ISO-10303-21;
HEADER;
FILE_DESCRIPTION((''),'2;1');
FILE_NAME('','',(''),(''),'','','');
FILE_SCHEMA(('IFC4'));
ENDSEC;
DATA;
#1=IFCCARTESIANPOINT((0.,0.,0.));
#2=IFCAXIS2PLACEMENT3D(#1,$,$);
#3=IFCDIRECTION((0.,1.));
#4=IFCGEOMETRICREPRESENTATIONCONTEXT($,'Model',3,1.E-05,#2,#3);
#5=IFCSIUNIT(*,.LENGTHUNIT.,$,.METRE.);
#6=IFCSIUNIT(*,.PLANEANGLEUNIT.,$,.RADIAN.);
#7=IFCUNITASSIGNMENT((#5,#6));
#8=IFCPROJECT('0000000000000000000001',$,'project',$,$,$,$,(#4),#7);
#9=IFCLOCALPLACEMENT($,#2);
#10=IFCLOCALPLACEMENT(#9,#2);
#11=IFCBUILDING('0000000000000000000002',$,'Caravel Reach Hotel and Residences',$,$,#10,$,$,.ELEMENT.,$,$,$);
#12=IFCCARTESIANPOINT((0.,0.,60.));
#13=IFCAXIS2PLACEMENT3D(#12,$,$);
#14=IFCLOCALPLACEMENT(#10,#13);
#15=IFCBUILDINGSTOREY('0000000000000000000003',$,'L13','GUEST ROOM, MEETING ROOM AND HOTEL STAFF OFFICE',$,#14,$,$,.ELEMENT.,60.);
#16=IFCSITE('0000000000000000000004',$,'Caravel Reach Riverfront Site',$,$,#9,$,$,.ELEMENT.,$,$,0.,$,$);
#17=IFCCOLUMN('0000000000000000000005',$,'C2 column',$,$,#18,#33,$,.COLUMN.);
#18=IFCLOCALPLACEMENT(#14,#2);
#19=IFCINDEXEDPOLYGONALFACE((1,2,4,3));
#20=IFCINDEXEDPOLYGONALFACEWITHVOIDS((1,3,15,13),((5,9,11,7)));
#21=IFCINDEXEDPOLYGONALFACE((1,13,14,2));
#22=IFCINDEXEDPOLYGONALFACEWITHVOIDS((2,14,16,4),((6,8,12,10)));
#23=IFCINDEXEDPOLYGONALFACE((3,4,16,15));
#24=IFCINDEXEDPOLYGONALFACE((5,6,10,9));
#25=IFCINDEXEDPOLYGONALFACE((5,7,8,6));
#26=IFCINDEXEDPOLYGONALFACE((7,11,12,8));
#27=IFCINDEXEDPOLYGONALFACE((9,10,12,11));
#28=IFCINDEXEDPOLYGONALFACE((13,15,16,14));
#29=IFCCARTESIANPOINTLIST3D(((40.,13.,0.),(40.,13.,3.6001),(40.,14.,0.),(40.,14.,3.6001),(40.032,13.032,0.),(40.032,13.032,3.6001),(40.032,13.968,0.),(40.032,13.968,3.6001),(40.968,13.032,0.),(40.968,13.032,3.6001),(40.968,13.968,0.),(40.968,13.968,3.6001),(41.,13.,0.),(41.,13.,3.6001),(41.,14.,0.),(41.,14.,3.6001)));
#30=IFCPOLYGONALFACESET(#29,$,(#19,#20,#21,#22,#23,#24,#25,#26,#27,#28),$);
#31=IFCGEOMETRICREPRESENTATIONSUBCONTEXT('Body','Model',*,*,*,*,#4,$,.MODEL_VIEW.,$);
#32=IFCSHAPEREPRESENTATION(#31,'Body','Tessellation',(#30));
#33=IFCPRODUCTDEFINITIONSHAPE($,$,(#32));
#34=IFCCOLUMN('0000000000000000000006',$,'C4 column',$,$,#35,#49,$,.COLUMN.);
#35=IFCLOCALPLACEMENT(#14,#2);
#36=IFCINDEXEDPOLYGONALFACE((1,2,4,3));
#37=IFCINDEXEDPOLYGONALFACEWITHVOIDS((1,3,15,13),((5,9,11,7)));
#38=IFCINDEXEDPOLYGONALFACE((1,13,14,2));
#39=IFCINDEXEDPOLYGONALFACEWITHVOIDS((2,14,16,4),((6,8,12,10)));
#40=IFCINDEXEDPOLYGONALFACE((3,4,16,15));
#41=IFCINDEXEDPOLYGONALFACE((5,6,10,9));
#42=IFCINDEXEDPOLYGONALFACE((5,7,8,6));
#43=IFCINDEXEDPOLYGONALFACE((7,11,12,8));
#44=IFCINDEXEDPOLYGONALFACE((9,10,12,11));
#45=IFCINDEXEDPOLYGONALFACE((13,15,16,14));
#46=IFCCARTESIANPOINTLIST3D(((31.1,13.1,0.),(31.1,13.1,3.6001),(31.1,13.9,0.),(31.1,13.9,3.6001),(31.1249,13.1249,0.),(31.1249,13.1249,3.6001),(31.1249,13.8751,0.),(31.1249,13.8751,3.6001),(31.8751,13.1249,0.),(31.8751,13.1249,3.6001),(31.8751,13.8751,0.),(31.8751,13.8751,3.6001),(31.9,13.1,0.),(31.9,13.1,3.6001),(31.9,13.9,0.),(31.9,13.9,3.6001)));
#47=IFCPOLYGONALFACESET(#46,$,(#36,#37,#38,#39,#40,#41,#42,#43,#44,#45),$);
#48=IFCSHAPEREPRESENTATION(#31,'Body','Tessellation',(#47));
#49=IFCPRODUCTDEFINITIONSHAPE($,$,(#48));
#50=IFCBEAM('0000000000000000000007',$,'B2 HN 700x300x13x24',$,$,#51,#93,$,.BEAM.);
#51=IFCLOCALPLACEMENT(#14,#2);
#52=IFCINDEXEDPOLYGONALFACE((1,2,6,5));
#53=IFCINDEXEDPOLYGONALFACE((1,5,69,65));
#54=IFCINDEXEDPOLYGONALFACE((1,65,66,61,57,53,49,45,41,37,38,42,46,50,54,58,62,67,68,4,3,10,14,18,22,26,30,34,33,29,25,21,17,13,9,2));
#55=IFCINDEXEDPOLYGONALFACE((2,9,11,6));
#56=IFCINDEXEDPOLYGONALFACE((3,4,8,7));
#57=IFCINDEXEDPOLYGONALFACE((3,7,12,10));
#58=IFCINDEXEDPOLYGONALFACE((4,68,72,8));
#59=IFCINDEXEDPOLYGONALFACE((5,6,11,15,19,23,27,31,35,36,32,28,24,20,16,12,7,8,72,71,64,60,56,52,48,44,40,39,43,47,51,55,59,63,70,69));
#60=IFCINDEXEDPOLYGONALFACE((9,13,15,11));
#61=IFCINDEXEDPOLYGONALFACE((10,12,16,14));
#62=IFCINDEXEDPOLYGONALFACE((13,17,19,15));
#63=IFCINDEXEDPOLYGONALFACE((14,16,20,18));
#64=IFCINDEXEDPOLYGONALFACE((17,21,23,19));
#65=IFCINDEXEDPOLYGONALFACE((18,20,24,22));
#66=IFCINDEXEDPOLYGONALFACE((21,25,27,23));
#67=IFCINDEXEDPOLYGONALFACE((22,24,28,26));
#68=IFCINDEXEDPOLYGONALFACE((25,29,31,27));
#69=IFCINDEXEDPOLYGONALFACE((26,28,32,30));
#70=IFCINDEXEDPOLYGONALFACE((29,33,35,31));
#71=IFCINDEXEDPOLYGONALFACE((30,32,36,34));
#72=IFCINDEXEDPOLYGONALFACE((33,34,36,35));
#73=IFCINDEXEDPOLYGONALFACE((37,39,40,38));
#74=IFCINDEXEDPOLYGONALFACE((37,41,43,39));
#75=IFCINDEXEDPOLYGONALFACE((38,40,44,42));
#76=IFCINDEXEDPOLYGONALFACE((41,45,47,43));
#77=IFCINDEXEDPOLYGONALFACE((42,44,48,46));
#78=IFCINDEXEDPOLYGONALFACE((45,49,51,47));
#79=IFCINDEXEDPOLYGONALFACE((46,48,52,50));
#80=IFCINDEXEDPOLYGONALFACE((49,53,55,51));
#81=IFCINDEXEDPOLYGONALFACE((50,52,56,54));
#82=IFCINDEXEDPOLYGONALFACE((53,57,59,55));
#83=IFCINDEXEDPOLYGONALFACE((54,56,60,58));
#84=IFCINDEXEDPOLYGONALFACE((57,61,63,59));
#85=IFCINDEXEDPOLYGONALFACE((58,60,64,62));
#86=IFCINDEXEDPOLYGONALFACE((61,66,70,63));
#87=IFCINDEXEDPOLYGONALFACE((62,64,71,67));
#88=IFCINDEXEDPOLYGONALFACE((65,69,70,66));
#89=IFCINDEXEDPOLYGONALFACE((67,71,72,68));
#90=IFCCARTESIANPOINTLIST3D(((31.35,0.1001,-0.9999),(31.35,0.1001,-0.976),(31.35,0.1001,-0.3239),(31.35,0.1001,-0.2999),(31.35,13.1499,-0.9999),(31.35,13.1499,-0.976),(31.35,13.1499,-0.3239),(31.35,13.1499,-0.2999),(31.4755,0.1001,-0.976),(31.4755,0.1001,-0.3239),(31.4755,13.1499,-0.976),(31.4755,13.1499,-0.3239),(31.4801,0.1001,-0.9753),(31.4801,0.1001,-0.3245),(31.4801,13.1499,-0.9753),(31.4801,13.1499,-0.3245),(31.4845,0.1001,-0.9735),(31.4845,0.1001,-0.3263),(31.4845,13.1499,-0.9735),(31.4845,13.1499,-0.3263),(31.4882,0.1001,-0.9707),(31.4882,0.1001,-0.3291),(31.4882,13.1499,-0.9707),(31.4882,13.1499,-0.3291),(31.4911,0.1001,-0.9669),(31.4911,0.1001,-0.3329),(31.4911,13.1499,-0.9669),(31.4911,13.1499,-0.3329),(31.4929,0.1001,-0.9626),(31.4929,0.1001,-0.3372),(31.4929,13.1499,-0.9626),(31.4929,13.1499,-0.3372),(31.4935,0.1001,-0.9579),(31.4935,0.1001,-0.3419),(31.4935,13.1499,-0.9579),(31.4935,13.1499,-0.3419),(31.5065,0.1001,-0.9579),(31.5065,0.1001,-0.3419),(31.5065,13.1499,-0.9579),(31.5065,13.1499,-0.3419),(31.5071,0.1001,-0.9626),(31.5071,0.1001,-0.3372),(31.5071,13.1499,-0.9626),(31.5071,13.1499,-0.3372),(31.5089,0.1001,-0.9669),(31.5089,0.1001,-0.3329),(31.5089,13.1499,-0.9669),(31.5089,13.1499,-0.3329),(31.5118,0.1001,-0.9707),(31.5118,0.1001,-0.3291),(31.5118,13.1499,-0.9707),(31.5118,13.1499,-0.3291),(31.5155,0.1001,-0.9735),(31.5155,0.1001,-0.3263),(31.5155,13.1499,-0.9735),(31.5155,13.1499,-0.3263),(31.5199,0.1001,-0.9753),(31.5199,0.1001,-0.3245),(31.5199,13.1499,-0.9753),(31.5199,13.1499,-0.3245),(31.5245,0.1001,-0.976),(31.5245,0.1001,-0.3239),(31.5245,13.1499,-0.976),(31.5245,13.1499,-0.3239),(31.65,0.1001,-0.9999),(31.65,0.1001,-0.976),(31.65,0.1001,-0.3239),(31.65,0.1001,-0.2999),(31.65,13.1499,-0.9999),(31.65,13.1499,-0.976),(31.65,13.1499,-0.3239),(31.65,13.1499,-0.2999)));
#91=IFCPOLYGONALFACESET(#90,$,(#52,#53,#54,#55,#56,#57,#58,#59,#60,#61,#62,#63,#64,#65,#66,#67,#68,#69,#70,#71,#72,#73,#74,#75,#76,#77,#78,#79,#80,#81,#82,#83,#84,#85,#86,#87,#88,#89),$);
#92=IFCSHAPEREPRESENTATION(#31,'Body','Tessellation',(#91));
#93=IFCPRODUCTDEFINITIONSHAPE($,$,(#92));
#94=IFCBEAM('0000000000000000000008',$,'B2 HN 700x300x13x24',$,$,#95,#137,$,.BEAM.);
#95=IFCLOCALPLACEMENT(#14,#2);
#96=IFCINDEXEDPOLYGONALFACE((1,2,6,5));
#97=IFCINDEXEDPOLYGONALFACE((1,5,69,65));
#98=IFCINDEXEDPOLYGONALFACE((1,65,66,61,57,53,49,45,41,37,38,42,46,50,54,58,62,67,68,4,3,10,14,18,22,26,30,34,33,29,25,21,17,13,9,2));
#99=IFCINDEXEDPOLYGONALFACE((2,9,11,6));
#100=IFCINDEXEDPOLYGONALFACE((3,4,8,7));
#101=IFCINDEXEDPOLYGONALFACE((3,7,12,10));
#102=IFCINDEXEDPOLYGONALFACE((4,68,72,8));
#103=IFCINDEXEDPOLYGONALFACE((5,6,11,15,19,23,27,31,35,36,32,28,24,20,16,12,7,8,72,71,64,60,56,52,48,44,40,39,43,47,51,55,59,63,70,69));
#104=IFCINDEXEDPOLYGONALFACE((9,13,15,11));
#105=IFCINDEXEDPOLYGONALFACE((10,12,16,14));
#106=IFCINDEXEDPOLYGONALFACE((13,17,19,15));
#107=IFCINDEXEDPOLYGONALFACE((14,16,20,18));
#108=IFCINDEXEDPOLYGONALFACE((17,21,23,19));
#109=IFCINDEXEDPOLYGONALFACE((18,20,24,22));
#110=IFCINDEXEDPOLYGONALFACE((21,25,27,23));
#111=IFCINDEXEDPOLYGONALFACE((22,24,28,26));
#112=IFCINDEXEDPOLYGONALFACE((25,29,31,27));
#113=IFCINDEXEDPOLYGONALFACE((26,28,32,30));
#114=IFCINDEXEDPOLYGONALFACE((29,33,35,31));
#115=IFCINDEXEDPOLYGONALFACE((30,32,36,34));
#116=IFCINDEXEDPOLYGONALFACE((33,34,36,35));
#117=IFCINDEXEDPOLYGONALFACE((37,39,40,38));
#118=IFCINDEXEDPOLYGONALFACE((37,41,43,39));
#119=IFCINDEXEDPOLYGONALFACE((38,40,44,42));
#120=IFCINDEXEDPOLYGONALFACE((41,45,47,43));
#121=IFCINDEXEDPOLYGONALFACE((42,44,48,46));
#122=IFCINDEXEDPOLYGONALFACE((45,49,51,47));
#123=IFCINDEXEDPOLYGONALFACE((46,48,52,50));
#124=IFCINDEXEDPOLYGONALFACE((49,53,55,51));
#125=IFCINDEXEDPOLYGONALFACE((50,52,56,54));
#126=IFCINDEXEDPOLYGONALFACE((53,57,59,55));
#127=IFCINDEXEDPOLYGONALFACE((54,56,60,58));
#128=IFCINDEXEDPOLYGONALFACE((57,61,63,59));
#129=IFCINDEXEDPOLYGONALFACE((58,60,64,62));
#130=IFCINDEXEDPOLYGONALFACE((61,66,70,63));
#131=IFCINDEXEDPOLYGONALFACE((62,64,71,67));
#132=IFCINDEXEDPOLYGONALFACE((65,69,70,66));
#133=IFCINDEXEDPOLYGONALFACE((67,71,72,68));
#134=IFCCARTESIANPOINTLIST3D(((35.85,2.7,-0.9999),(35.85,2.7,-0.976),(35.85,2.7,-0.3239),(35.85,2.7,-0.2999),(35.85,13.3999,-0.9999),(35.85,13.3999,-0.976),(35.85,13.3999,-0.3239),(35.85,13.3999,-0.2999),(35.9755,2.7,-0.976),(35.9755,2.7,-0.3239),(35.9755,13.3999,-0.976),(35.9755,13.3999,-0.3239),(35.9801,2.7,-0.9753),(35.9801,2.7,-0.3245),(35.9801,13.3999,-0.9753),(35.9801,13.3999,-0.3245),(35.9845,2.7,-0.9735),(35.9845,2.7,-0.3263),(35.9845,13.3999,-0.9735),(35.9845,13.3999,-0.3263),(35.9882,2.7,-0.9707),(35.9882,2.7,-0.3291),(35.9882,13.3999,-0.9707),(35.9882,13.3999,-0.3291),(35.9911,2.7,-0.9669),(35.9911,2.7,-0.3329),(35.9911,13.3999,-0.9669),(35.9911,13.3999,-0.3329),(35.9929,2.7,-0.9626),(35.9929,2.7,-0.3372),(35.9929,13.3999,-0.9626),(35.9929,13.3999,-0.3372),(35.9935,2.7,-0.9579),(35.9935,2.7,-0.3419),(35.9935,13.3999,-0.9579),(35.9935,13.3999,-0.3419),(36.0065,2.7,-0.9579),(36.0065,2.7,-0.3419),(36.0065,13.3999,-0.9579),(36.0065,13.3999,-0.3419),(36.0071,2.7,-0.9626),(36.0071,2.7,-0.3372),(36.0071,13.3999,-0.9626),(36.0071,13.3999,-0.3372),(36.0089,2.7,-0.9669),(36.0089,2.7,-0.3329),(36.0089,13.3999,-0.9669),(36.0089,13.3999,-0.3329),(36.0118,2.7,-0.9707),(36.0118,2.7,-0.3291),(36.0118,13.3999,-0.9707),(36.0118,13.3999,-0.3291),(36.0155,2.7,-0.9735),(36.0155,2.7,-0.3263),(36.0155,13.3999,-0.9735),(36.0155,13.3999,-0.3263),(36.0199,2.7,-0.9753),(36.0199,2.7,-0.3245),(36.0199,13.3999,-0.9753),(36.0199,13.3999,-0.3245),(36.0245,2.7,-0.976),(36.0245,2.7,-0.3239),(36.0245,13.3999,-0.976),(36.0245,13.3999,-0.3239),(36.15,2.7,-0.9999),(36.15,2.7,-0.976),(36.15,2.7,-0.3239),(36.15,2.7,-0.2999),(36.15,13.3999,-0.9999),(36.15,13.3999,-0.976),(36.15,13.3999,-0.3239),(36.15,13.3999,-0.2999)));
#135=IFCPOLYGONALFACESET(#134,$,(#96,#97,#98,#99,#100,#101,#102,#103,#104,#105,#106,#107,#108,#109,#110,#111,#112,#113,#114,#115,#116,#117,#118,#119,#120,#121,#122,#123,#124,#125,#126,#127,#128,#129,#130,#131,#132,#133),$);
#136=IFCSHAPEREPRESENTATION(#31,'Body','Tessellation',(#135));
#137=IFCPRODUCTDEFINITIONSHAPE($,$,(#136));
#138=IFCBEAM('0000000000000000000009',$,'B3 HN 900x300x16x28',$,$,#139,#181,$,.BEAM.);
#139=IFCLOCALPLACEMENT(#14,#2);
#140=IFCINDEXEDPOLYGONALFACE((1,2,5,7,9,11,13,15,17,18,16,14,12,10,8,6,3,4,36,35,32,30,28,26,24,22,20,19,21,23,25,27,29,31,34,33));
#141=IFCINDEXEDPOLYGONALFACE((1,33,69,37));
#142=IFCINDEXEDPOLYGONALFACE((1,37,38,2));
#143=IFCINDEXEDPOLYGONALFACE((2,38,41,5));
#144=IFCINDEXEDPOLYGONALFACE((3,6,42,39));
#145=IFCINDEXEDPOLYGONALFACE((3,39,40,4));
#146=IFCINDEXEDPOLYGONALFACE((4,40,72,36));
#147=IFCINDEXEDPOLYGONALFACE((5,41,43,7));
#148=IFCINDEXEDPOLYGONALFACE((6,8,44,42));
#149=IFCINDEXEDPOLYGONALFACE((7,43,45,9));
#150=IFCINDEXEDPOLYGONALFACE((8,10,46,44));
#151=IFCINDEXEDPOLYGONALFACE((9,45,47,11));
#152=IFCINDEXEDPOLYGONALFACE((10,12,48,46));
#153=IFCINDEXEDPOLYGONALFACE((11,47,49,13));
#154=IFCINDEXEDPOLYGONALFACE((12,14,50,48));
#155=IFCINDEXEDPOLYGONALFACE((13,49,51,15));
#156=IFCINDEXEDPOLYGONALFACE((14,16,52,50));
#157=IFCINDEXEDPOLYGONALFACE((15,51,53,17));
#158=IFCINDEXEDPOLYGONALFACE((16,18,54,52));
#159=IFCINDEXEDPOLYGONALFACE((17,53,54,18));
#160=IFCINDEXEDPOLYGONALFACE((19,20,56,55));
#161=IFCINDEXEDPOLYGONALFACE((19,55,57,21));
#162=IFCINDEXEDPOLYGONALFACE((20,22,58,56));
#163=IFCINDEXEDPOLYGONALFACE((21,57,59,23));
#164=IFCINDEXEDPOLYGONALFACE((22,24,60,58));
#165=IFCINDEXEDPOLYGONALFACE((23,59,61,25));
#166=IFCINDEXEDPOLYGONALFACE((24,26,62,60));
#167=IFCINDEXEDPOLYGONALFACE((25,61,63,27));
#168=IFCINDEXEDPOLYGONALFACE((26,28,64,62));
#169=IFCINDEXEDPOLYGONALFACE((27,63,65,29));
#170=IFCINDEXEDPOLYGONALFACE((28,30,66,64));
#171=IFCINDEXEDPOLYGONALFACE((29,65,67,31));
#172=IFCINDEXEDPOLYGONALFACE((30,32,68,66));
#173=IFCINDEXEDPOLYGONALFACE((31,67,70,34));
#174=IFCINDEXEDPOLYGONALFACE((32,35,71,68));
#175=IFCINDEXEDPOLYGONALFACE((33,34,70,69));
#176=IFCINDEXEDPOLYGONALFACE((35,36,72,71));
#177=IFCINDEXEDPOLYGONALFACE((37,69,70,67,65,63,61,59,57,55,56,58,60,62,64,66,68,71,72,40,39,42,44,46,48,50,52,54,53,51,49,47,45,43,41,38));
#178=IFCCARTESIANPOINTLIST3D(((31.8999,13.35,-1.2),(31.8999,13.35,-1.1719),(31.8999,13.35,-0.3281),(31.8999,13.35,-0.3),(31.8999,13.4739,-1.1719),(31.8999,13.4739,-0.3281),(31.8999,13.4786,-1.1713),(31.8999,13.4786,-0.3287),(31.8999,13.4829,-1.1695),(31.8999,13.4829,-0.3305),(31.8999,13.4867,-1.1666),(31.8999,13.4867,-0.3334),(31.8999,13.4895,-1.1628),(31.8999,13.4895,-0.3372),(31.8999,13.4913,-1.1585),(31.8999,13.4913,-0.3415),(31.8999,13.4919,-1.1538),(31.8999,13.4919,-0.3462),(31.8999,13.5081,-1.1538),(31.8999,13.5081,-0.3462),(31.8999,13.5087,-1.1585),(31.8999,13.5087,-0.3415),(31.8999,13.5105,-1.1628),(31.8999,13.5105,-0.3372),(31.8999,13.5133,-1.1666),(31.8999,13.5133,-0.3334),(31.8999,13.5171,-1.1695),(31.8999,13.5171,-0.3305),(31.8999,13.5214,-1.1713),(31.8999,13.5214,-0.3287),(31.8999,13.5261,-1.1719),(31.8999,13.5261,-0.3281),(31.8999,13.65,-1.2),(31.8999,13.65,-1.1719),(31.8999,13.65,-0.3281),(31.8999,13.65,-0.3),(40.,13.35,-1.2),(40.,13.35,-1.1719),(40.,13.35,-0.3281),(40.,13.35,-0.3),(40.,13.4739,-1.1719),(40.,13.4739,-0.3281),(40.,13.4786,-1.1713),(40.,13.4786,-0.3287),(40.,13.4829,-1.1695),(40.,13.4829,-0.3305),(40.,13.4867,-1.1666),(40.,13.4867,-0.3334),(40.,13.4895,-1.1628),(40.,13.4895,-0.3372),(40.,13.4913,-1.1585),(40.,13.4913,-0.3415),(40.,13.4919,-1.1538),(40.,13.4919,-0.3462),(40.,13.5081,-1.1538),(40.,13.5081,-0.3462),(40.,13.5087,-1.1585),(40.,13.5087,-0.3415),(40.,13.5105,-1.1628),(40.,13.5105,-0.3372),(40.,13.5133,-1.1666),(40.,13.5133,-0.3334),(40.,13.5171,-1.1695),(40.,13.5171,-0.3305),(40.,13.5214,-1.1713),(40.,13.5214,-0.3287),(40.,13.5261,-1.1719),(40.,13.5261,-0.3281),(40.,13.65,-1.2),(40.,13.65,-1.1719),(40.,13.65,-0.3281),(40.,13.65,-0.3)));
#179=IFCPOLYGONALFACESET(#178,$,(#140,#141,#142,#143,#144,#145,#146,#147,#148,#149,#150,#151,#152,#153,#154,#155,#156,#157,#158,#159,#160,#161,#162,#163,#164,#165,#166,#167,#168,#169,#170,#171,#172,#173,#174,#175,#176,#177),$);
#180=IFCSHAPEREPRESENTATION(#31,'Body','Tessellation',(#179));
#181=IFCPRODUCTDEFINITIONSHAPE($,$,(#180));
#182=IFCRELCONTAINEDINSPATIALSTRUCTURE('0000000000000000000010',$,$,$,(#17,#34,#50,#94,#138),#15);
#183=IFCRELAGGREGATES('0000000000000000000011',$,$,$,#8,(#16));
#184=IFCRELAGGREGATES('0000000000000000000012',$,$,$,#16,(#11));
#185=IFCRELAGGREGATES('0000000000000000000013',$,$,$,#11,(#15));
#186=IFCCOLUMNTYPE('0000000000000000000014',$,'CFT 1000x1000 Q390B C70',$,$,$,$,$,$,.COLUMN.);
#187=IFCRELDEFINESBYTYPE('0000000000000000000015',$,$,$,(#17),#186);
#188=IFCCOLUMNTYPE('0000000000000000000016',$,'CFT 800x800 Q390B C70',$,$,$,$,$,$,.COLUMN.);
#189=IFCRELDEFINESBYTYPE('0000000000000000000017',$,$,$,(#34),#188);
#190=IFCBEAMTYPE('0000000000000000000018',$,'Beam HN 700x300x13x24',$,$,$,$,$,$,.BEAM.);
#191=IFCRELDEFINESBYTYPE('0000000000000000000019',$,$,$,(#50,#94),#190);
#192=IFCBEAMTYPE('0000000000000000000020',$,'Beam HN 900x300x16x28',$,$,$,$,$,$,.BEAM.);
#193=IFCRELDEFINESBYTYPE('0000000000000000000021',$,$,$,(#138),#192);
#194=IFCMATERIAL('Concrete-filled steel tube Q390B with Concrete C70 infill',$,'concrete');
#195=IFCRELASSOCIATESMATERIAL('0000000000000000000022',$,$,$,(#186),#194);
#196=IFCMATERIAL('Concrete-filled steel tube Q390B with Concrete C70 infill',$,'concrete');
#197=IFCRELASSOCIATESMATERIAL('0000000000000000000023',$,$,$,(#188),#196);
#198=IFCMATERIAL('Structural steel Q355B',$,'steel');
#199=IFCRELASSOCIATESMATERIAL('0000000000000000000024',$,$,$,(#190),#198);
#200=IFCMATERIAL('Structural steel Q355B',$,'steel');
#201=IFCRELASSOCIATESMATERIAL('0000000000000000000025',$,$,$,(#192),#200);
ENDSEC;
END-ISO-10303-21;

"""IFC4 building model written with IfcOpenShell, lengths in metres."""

from ifc_helpers import new_model, si_unit, direction, frame, origin, origin_2d, place, context, subcontext, project, spatial, hollow_rectangle, i_section, extrude, material, material_profile, profile_set, type_object, element, save


model = new_model("IFC4")

# Units and contexts
model_context = context("Model", 3, precision=1e-05, world=origin(), true_north=direction((0.0, 1.0)))
body_context = subcontext(model_context, "Body", "Model", "MODEL_VIEW")
ifc_project = project(units=[si_unit("LENGTHUNIT", "METRE"), si_unit("PLANEANGLEUNIT", "RADIAN")], contexts=[model_context])

# Site, building, storey
site_placement = place(None, origin())
site = spatial("IfcSite", under=ifc_project, at=site_placement, Name="Caravel Reach Riverfront Site", CompositionType="ELEMENT", RefElevation=0.0)
building_placement = place(site_placement, origin())
building = spatial("IfcBuilding", under=site, at=building_placement, Name="Caravel Reach Hotel and Residences", CompositionType="ELEMENT")
storey_placement = place(building_placement, frame((0.0, 0.0, 60.0)))
storey = spatial("IfcBuildingStorey", under=building, at=storey_placement, Name="L13", Description="GUEST ROOM, MEETING ROOM AND HOTEL STAFF OFFICE", CompositionType="ELEMENT", Elevation=60.0)

# Columns
ifc_material_1 = material(Name="Concrete-filled steel tube Q390B with Concrete C70 infill", Category="concrete")
ifc_material_profile_1 = material_profile(ifc_material_1, hollow_rectangle(XDim=1.0, YDim=1.0, WallThickness=0.032, at=origin_2d()), Name="RHS 1000x1000x32")
ifc_profile_set_1 = profile_set([ifc_material_profile_1], Name="Concrete-filled steel tube Q390B with Concrete C70 infill")
column_type_1 = type_object("IfcColumnType", Name="CFT 1000x1000 Q390B C70", PredefinedType="COLUMN", material=ifc_profile_set_1)
column_1_placement = place(storey_placement, frame((40.5, 13.5, 0.0), z_axis=(0.0, 0.0, 1.0), x_axis=(1.0, 0.0, 0.0)))
element("IfcColumn", 1, at=column_1_placement, inside=storey, type_object=column_type_1, Name="C2 column", PredefinedType="COLUMN", context=body_context, shape_type="SweptSolid", body=[
    extrude(hollow_rectangle(XDim=1.0, YDim=1.0, WallThickness=0.032, at=origin_2d()), origin(), (0.0, 0.0, 1.0), 3.6001),
])
ifc_material_2 = material(Name="Concrete-filled steel tube Q390B with Concrete C70 infill", Category="concrete")
ifc_material_profile_2 = material_profile(ifc_material_2, hollow_rectangle(XDim=0.8, YDim=0.8, WallThickness=0.0249, at=origin_2d()), Name="RHS 800x800x25")
ifc_profile_set_2 = profile_set([ifc_material_profile_2], Name="Concrete-filled steel tube Q390B with Concrete C70 infill")
column_type_2 = type_object("IfcColumnType", Name="CFT 800x800 Q390B C70", PredefinedType="COLUMN", material=ifc_profile_set_2)
column_2_placement = place(storey_placement, frame((31.5, 13.5, 0.0), z_axis=(0.0, 0.0, 1.0), x_axis=(1.0, 0.0, 0.0)))
element("IfcColumn", 2, at=column_2_placement, inside=storey, type_object=column_type_2, Name="C4 column", PredefinedType="COLUMN", context=body_context, shape_type="SweptSolid", body=[
    extrude(hollow_rectangle(XDim=0.8, YDim=0.8, WallThickness=0.0249, at=origin_2d()), origin(), (0.0, 0.0, 1.0), 3.6001),
])

# Beams
ifc_material_3 = material(Name="Structural steel Q355B", Category="steel")
ifc_material_profile_3 = material_profile(ifc_material_3, i_section(OverallWidth=0.3, OverallDepth=0.7, WebThickness=0.0129, FlangeThickness=0.0239, FilletRadius=0.0181, at=origin_2d()), Name="HN 700x300x13x24")
ifc_profile_set_3 = profile_set([ifc_material_profile_3], Name="Structural steel Q355B")
beam_type_1 = type_object("IfcBeamType", Name="Beam HN 700x300x13x24", PredefinedType="BEAM", material=ifc_profile_set_3)
beam_1_placement = place(storey_placement, frame((31.5, 13.1499, -0.6499), z_axis=(0.0, -1.0, 0.0), x_axis=(1.0, 0.0, 0.0)))
element("IfcBeam", 3, at=beam_1_placement, inside=storey, type_object=beam_type_1, Name="B2 HN 700x300x13x24", PredefinedType="BEAM", context=body_context, shape_type="SweptSolid", body=[
    extrude(i_section(OverallWidth=0.3, OverallDepth=0.7, WebThickness=0.0129, FlangeThickness=0.0239, FilletRadius=0.0181, at=origin_2d()), origin(), (0.0, 0.0, 1.0), 13.0498),
])
beam_2_placement = place(storey_placement, frame((36.0, 13.3999, -0.6499), z_axis=(0.0, -1.0, 0.0), x_axis=(1.0, 0.0, 0.0)))
element("IfcBeam", 4, at=beam_2_placement, inside=storey, type_object=beam_type_1, Name="B2 HN 700x300x13x24", PredefinedType="BEAM", context=body_context, shape_type="SweptSolid", body=[
    extrude(i_section(OverallWidth=0.3, OverallDepth=0.7, WebThickness=0.0129, FlangeThickness=0.0239, FilletRadius=0.0181, at=origin_2d()), origin(), (0.0, 0.0, 1.0), 10.7),
])
ifc_material_4 = material(Name="Structural steel Q355B", Category="steel")
ifc_material_profile_4 = material_profile(ifc_material_4, i_section(OverallWidth=0.3, OverallDepth=0.8999, WebThickness=0.0161, FlangeThickness=0.0281, FilletRadius=0.0181, at=origin_2d()), Name="HN 900x300x16x28")
ifc_profile_set_4 = profile_set([ifc_material_profile_4], Name="Structural steel Q355B")
beam_type_2 = type_object("IfcBeamType", Name="Beam HN 900x300x16x28", PredefinedType="BEAM", material=ifc_profile_set_4)
beam_3_placement = place(storey_placement, frame((31.8999, 13.5, -0.75), z_axis=(1.0, 0.0, 0.0), x_axis=(0.0, 1.0, 0.0)))
element("IfcBeam", 5, at=beam_3_placement, inside=storey, type_object=beam_type_2, Name="B3 HN 900x300x16x28", PredefinedType="BEAM", context=body_context, shape_type="SweptSolid", body=[
    extrude(i_section(OverallWidth=0.3, OverallDepth=0.8999, WebThickness=0.0161, FlangeThickness=0.0281, FilletRadius=0.0181, at=origin_2d()), origin(), (0.0, 0.0, 1.0), 8.1001),
])

save(model, "model.ifc")
